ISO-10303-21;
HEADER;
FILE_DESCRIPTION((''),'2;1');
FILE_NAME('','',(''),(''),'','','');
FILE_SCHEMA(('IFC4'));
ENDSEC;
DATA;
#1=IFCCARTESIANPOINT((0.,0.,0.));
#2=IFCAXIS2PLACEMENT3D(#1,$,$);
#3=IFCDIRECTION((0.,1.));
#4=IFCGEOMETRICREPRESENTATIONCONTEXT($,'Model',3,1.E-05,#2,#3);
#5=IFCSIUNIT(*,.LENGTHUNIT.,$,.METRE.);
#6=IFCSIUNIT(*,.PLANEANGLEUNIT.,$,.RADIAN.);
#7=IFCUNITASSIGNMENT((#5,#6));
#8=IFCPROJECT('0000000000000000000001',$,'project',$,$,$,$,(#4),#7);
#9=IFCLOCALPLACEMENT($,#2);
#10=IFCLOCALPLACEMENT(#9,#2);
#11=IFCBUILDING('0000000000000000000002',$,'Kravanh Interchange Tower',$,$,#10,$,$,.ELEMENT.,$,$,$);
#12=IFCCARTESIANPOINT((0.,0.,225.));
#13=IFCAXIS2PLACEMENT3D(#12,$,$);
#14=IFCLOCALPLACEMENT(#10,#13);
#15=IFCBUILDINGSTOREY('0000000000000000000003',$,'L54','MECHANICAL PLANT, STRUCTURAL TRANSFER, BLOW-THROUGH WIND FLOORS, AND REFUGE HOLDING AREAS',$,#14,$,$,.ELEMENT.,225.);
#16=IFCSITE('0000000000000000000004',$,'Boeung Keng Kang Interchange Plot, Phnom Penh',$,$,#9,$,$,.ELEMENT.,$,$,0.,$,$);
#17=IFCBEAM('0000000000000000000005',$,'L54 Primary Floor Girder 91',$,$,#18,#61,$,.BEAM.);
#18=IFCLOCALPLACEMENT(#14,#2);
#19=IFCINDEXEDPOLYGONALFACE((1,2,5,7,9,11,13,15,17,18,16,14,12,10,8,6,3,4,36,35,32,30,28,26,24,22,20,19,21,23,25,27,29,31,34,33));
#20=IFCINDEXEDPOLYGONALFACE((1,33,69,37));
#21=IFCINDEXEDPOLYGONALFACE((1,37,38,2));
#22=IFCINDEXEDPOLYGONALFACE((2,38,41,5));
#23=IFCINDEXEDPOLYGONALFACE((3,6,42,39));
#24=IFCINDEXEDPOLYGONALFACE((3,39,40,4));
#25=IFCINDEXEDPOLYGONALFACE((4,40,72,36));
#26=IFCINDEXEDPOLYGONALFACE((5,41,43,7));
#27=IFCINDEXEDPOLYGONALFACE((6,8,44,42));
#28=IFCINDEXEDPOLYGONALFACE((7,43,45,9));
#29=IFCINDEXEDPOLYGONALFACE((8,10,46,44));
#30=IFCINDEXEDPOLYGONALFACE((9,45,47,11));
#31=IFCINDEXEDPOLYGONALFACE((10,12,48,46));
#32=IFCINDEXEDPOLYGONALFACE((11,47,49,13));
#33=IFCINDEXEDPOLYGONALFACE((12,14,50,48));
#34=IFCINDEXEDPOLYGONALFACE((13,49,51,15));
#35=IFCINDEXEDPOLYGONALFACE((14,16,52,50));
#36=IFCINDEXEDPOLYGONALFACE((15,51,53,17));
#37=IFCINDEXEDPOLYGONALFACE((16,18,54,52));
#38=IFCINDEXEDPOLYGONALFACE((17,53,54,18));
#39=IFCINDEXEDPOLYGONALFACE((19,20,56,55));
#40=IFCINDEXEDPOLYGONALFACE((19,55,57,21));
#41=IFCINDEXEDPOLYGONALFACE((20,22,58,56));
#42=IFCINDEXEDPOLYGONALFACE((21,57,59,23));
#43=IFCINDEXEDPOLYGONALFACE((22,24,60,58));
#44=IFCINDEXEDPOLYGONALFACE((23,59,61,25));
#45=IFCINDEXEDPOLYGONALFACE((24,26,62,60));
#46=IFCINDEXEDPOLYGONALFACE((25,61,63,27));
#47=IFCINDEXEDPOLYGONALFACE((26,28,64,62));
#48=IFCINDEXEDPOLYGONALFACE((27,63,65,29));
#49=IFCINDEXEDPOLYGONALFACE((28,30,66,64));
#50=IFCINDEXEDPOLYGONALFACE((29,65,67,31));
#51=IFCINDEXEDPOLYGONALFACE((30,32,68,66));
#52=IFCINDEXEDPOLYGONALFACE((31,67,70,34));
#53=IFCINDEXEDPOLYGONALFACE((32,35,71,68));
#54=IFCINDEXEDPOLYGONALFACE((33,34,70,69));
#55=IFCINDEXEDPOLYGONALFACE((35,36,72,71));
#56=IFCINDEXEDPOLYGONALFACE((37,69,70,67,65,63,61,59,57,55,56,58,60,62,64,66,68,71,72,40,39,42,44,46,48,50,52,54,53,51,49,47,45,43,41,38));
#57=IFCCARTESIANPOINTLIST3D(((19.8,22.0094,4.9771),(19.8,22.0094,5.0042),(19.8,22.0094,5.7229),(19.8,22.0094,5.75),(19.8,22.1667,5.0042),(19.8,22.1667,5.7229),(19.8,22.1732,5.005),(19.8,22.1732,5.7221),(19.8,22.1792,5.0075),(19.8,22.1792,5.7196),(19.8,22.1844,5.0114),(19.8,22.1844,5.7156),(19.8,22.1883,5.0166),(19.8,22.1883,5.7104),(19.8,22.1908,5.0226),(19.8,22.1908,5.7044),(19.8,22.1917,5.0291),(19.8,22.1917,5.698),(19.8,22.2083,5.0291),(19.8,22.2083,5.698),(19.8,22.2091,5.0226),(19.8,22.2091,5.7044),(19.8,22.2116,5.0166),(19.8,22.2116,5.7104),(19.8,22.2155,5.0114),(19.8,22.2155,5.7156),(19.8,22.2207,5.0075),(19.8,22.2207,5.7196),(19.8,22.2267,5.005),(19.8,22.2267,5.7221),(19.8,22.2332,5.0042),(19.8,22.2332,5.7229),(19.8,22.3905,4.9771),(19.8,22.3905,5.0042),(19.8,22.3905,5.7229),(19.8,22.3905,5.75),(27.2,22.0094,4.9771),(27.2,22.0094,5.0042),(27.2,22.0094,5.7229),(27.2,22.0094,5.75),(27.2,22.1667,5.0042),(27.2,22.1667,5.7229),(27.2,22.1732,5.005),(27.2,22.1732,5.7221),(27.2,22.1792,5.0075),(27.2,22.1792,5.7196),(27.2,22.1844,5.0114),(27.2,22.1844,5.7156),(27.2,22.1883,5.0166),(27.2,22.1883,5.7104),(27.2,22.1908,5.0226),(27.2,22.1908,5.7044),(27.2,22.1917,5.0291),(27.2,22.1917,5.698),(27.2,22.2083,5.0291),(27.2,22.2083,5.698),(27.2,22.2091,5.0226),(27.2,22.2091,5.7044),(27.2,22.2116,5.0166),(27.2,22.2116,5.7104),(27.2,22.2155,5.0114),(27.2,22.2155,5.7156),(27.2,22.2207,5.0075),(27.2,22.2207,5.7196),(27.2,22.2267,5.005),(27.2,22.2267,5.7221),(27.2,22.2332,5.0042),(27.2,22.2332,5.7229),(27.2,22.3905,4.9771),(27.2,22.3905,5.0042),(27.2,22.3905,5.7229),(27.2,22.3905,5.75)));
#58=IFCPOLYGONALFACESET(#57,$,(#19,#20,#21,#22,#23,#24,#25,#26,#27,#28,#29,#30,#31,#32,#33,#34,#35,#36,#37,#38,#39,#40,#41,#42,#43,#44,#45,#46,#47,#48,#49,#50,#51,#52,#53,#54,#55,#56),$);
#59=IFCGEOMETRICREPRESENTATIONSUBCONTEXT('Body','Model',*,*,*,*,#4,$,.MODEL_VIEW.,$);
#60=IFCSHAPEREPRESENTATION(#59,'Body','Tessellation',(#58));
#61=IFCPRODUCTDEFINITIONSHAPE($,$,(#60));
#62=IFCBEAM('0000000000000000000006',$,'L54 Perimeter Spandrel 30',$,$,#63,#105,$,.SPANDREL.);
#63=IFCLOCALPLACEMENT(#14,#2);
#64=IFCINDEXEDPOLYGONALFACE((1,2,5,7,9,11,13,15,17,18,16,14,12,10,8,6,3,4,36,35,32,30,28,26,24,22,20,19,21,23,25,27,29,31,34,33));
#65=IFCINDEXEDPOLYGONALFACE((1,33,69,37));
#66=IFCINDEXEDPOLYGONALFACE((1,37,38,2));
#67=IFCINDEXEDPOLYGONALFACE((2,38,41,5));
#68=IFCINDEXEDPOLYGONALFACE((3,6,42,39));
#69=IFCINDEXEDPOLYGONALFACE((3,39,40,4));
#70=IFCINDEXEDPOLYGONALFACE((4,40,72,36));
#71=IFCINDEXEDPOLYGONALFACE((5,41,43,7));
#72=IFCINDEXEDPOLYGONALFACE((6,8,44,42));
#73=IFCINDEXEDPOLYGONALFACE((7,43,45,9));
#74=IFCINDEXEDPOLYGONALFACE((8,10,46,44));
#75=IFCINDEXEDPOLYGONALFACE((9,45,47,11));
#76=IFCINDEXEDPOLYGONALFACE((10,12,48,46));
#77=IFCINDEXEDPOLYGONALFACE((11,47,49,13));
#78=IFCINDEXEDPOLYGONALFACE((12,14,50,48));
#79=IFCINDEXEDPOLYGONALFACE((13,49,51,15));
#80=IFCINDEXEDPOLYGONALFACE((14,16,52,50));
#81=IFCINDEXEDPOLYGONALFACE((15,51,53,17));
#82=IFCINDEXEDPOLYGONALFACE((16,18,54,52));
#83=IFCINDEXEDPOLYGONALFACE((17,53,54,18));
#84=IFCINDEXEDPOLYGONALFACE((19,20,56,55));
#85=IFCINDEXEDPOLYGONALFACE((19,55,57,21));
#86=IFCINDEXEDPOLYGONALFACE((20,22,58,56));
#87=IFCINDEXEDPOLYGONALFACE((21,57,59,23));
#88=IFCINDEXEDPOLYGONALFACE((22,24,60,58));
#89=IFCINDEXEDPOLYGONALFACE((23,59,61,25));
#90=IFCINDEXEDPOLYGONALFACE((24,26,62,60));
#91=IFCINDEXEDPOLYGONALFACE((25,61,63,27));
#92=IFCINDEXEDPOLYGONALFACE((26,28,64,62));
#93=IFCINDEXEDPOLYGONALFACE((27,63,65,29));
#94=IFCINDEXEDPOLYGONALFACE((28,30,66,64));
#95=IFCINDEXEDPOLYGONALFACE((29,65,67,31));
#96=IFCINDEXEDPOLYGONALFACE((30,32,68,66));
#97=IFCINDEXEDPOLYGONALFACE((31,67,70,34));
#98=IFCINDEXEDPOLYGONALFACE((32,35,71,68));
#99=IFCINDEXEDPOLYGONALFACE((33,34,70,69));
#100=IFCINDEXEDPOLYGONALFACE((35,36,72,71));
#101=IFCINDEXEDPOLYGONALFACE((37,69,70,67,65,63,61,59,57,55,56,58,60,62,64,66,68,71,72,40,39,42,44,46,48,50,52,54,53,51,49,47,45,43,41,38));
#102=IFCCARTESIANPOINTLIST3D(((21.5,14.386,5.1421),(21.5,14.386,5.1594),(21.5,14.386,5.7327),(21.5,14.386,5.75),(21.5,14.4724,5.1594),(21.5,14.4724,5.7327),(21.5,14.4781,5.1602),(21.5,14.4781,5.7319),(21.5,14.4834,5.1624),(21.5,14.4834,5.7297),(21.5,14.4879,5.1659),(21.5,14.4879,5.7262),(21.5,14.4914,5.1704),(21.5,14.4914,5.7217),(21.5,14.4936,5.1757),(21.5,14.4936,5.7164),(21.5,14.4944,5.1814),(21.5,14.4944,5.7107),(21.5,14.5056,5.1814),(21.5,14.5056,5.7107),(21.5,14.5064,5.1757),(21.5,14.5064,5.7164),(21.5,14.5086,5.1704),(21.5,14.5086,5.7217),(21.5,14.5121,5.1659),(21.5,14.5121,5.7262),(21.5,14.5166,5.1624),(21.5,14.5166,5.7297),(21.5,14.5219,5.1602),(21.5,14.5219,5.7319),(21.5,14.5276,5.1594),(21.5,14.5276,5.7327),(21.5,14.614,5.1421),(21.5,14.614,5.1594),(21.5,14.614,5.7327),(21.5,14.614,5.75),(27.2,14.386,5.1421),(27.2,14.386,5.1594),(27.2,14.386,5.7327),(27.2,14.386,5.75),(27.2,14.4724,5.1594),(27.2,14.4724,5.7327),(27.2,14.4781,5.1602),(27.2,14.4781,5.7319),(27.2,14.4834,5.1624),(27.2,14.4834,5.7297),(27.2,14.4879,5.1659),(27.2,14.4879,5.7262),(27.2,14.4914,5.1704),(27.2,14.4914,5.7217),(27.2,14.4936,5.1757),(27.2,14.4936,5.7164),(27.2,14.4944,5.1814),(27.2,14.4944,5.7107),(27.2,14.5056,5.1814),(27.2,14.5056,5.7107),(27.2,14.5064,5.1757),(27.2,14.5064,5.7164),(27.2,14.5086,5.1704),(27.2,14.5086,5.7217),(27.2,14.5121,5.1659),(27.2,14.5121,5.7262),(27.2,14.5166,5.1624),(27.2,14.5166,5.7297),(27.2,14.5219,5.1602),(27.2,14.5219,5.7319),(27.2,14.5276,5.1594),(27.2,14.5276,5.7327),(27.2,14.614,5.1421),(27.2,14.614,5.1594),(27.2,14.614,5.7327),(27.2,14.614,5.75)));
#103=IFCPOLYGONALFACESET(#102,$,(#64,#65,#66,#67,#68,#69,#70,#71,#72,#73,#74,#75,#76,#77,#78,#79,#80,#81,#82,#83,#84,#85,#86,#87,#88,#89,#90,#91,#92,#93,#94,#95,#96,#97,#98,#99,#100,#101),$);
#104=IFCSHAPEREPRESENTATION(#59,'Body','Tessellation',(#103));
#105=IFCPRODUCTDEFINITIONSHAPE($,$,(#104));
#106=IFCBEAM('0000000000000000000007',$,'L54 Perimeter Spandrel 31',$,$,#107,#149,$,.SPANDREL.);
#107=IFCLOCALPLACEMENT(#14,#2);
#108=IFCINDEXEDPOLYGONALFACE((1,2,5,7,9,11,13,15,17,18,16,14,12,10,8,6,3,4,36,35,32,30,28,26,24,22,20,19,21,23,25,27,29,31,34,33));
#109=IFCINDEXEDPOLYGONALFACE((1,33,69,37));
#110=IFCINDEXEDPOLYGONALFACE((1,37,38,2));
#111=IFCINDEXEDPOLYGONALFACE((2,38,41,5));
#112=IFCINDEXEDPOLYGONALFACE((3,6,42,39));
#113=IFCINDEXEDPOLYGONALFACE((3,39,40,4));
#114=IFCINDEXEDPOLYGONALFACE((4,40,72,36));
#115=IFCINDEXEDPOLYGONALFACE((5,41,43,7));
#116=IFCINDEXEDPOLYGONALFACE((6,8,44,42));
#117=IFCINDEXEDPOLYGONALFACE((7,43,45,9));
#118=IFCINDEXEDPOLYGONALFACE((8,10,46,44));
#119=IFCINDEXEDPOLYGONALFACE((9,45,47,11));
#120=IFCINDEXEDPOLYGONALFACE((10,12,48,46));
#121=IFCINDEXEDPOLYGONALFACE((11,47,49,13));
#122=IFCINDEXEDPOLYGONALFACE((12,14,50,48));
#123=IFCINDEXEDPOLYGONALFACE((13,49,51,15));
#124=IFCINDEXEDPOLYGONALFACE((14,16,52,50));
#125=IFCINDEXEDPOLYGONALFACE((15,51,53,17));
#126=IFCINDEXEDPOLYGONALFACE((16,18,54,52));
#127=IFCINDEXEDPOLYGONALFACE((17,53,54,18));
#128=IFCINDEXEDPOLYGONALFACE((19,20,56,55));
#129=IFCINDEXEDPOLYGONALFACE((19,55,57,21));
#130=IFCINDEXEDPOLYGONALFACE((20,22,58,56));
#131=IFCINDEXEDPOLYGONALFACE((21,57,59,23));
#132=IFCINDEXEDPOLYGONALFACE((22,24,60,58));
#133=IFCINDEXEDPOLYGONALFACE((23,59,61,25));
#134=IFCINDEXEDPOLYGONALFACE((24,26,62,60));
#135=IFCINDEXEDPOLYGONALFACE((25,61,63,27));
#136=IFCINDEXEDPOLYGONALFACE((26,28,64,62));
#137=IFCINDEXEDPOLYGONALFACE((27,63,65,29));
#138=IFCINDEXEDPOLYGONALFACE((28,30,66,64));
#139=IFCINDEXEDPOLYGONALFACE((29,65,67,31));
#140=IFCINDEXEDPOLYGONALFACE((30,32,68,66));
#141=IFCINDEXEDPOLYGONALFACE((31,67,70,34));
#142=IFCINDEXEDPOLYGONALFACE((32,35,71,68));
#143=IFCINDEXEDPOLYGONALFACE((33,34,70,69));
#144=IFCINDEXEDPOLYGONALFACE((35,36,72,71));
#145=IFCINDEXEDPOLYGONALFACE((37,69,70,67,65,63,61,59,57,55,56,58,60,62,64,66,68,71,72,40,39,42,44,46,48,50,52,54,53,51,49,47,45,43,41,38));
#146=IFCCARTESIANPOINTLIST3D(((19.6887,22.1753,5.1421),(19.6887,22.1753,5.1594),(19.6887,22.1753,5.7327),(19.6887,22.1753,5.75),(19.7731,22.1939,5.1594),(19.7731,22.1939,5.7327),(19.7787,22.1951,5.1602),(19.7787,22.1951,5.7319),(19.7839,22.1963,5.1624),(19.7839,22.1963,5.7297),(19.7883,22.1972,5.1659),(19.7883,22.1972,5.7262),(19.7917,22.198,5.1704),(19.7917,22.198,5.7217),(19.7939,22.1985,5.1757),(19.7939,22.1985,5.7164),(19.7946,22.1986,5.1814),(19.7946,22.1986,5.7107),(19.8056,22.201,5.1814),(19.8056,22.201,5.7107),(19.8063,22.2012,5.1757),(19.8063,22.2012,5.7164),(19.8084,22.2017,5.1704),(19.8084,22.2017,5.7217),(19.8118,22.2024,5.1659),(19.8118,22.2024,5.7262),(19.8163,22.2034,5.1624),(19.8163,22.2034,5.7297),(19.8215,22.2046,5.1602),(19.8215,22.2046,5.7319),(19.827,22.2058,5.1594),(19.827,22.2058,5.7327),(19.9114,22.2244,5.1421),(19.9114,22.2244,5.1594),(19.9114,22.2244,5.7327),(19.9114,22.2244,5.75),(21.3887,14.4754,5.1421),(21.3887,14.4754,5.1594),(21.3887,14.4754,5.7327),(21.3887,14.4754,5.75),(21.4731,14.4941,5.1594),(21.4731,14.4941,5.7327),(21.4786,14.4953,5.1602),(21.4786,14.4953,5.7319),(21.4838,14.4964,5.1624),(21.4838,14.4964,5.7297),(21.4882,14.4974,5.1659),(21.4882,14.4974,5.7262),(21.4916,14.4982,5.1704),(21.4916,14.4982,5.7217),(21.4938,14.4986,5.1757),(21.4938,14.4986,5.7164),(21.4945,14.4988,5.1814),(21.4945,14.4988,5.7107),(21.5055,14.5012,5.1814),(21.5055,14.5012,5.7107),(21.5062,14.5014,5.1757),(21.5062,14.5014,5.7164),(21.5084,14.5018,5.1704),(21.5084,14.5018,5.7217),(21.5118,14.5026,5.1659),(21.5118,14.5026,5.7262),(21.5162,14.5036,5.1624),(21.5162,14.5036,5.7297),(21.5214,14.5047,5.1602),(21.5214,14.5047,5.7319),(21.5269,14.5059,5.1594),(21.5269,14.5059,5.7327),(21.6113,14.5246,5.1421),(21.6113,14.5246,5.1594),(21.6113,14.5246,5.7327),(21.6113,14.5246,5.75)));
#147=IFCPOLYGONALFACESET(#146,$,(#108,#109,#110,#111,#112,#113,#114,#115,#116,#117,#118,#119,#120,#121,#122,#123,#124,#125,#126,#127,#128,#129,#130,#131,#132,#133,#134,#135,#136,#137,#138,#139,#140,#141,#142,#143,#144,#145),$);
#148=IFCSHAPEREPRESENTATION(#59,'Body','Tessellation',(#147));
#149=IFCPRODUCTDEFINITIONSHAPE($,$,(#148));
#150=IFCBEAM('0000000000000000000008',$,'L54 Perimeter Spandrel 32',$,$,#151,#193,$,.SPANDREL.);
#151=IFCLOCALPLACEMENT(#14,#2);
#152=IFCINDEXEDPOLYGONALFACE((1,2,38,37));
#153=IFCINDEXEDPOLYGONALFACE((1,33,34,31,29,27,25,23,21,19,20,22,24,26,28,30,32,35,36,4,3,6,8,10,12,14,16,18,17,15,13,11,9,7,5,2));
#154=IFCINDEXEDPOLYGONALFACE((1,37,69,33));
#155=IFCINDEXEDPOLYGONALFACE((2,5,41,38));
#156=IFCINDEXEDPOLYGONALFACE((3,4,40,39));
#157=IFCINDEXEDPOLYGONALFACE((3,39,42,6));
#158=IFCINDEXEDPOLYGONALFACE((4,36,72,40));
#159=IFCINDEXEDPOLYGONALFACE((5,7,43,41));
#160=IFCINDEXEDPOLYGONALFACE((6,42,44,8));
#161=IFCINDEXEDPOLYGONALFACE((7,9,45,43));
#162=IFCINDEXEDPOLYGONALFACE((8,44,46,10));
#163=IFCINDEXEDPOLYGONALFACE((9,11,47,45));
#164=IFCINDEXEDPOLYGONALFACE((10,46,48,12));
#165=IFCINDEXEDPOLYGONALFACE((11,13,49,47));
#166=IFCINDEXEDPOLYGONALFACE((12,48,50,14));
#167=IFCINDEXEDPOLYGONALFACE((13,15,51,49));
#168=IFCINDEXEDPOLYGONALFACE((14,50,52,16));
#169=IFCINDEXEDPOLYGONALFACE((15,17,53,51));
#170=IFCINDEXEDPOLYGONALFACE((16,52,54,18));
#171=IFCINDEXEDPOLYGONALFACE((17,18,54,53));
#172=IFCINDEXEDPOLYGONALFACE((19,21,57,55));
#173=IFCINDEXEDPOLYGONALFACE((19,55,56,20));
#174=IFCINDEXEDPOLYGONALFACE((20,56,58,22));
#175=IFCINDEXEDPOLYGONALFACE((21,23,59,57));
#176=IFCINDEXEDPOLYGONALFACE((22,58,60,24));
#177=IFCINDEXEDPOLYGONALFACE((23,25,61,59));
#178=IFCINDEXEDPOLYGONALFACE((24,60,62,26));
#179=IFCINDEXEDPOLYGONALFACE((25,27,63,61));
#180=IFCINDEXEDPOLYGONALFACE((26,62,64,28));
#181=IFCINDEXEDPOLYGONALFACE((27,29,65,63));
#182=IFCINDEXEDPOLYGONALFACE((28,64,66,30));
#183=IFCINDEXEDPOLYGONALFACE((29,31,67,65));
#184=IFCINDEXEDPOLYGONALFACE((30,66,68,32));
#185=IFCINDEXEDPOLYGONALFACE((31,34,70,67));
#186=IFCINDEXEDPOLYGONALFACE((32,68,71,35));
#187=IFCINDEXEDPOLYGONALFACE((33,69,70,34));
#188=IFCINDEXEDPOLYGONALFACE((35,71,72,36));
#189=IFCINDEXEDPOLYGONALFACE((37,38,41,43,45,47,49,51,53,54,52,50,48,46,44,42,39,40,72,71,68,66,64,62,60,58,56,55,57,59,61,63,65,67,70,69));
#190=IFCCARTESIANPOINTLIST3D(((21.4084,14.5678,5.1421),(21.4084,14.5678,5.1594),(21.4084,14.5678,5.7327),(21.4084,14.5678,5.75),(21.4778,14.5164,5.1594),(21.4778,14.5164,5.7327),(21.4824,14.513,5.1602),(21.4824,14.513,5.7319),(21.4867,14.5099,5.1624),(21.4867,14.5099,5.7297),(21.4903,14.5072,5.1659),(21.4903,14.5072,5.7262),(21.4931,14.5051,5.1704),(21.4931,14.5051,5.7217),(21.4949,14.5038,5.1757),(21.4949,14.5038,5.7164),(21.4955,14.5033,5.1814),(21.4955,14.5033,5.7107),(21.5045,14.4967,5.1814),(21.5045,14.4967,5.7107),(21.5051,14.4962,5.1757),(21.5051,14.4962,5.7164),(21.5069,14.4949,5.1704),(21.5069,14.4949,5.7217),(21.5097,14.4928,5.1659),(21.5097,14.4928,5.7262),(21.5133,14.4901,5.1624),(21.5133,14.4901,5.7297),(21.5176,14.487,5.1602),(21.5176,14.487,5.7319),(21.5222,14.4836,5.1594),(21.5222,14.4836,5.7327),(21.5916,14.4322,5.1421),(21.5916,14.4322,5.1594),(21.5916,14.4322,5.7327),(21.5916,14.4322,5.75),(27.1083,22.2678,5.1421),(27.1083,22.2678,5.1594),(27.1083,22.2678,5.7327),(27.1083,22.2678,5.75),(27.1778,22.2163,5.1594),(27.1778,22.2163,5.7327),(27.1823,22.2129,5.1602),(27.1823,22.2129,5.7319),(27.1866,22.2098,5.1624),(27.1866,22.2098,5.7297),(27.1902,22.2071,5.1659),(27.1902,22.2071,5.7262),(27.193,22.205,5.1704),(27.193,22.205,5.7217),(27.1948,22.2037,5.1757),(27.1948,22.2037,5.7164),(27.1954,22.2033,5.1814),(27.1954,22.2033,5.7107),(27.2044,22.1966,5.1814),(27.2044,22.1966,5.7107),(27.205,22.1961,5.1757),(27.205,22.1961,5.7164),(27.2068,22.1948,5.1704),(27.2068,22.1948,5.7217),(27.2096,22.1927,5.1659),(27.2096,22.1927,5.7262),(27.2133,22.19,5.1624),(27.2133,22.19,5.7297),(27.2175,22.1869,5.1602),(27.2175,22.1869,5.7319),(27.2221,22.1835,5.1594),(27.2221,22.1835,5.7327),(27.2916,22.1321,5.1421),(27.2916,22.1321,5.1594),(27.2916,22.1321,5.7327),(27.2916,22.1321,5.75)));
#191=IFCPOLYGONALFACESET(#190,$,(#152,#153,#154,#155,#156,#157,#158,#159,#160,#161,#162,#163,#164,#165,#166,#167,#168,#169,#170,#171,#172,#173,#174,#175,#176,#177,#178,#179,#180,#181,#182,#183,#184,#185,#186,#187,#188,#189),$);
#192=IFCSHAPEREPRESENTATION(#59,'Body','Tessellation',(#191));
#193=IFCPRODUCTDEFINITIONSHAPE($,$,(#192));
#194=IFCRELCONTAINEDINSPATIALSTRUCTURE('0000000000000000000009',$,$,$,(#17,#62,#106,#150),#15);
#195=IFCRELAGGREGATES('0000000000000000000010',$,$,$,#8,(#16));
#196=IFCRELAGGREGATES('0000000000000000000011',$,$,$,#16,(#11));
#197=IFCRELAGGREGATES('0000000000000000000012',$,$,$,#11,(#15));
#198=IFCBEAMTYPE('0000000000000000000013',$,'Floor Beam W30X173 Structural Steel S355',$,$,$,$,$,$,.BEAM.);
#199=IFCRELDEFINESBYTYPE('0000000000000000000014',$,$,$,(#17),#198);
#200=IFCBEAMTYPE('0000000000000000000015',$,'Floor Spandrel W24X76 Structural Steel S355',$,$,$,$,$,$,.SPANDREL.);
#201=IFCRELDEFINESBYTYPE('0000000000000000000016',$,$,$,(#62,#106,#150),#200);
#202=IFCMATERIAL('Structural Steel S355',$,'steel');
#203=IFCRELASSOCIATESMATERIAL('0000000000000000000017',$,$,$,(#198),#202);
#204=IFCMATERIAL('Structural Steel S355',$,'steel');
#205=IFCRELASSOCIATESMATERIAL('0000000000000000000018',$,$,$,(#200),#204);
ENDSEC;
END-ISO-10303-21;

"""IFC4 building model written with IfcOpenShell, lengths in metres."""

from ifc_helpers import new_model, si_unit, direction, frame, origin, origin_2d, place, context, subcontext, project, spatial, i_section, extrude, material, material_profile, profile_set, type_object, element, save


model = new_model("IFC4")

# Units and contexts
model_context = context("Model", 3, precision=1e-05, world=origin(), true_north=direction((0.0, 1.0)))
body_context = subcontext(model_context, "Body", "Model", "MODEL_VIEW")
ifc_project = project(units=[si_unit("LENGTHUNIT", "METRE"), si_unit("PLANEANGLEUNIT", "RADIAN")], contexts=[model_context])

# Site, building, storey
site_placement = place(None, origin())
site = spatial("IfcSite", under=ifc_project, at=site_placement, Name="Boeung Keng Kang Interchange Plot, Phnom Penh", CompositionType="ELEMENT", RefElevation=0.0)
building_placement = place(site_placement, origin())
building = spatial("IfcBuilding", under=site, at=building_placement, Name="Kravanh Interchange Tower", CompositionType="ELEMENT")
storey_placement = place(building_placement, frame((0.0, 0.0, 225.0)))
storey = spatial("IfcBuildingStorey", under=building, at=storey_placement, Name="L54", Description="MECHANICAL PLANT, STRUCTURAL TRANSFER, BLOW-THROUGH WIND FLOORS, AND REFUGE HOLDING AREAS", CompositionType="ELEMENT", Elevation=225.0)

# Beams
ifc_material_1 = material(Name="Structural Steel S355", Category="steel")
ifc_material_profile_1 = material_profile(ifc_material_1, i_section(OverallWidth=0.3811, OverallDepth=0.7729, WebThickness=0.0166, FlangeThickness=0.0271, FilletRadius=0.0249, at=origin_2d()), Name="W30X173")
ifc_profile_set_1 = profile_set([ifc_material_profile_1], Name="Structural Steel S355")
beam_type_1 = type_object("IfcBeamType", Name="Floor Beam W30X173 Structural Steel S355", PredefinedType="BEAM", material=ifc_profile_set_1)
beam_1_placement = place(storey_placement, frame((19.8, 22.2, 5.3635), z_axis=(1.0, 0.0, 0.0), x_axis=(0.0, 1.0, 0.0)))
element("IfcBeam", 1, at=beam_1_placement, inside=storey, type_object=beam_type_1, Name="L54 Primary Floor Girder 91", PredefinedType="BEAM", context=body_context, shape_type="SweptSolid", body=[
    extrude(i_section(OverallWidth=0.3811, OverallDepth=0.7729, WebThickness=0.0166, FlangeThickness=0.0271, FilletRadius=0.0249, at=origin_2d()), origin(), (0.0, 0.0, 1.0), 7.3999),
])
ifc_material_2 = material(Name="Structural Steel S355", Category="steel")
ifc_material_profile_2 = material_profile(ifc_material_2, i_section(OverallWidth=0.228, OverallDepth=0.6079, WebThickness=0.0112, FlangeThickness=0.0173, FilletRadius=0.022, at=origin_2d()), Name="W24X76")
ifc_profile_set_2 = profile_set([ifc_material_profile_2], Name="Structural Steel S355")
beam_type_2 = type_object("IfcBeamType", Name="Floor Spandrel W24X76 Structural Steel S355", PredefinedType="SPANDREL", material=ifc_profile_set_2)
beam_2_placement = place(storey_placement, frame((21.5, 14.5, 5.446), z_axis=(1.0, 0.0, 0.0), x_axis=(0.0, 1.0, 0.0)))
element("IfcBeam", 2, at=beam_2_placement, inside=storey, type_object=beam_type_2, Name="L54 Perimeter Spandrel 30", PredefinedType="SPANDREL", context=body_context, shape_type="SweptSolid", body=[
    extrude(i_section(OverallWidth=0.228, OverallDepth=0.6079, WebThickness=0.0112, FlangeThickness=0.0173, FilletRadius=0.022, at=origin_2d()), origin(), (0.0, 0.0, 1.0), 5.7),
])
beam_3_placement = place(storey_placement, frame((21.5, 14.5, 5.446), z_axis=(-0.215583, 0.976486, 0.0), x_axis=(-0.976486, -0.215583, 0.0)))
element("IfcBeam", 3, at=beam_3_placement, inside=storey, type_object=beam_type_2, Name="L54 Perimeter Spandrel 31", PredefinedType="SPANDREL", context=body_context, shape_type="SweptSolid", body=[
    extrude(i_section(OverallWidth=0.228, OverallDepth=0.6079, WebThickness=0.0112, FlangeThickness=0.0173, FilletRadius=0.022, at=origin_2d()), origin(), (0.0, 0.0, 1.0), 7.8853),
])
beam_4_placement = place(storey_placement, frame((21.5, 14.5, 5.446), z_axis=(0.594977, 0.803743, 0.0), x_axis=(-0.803743, 0.594977, 0.0)))
element("IfcBeam", 4, at=beam_4_placement, inside=storey, type_object=beam_type_2, Name="L54 Perimeter Spandrel 32", PredefinedType="SPANDREL", context=body_context, shape_type="SweptSolid", body=[
    extrude(i_section(OverallWidth=0.228, OverallDepth=0.6079, WebThickness=0.0112, FlangeThickness=0.0173, FilletRadius=0.022, at=origin_2d()), origin(), (0.0, 0.0, 1.0), 9.5801),
])

save(model, "model.ifc")
